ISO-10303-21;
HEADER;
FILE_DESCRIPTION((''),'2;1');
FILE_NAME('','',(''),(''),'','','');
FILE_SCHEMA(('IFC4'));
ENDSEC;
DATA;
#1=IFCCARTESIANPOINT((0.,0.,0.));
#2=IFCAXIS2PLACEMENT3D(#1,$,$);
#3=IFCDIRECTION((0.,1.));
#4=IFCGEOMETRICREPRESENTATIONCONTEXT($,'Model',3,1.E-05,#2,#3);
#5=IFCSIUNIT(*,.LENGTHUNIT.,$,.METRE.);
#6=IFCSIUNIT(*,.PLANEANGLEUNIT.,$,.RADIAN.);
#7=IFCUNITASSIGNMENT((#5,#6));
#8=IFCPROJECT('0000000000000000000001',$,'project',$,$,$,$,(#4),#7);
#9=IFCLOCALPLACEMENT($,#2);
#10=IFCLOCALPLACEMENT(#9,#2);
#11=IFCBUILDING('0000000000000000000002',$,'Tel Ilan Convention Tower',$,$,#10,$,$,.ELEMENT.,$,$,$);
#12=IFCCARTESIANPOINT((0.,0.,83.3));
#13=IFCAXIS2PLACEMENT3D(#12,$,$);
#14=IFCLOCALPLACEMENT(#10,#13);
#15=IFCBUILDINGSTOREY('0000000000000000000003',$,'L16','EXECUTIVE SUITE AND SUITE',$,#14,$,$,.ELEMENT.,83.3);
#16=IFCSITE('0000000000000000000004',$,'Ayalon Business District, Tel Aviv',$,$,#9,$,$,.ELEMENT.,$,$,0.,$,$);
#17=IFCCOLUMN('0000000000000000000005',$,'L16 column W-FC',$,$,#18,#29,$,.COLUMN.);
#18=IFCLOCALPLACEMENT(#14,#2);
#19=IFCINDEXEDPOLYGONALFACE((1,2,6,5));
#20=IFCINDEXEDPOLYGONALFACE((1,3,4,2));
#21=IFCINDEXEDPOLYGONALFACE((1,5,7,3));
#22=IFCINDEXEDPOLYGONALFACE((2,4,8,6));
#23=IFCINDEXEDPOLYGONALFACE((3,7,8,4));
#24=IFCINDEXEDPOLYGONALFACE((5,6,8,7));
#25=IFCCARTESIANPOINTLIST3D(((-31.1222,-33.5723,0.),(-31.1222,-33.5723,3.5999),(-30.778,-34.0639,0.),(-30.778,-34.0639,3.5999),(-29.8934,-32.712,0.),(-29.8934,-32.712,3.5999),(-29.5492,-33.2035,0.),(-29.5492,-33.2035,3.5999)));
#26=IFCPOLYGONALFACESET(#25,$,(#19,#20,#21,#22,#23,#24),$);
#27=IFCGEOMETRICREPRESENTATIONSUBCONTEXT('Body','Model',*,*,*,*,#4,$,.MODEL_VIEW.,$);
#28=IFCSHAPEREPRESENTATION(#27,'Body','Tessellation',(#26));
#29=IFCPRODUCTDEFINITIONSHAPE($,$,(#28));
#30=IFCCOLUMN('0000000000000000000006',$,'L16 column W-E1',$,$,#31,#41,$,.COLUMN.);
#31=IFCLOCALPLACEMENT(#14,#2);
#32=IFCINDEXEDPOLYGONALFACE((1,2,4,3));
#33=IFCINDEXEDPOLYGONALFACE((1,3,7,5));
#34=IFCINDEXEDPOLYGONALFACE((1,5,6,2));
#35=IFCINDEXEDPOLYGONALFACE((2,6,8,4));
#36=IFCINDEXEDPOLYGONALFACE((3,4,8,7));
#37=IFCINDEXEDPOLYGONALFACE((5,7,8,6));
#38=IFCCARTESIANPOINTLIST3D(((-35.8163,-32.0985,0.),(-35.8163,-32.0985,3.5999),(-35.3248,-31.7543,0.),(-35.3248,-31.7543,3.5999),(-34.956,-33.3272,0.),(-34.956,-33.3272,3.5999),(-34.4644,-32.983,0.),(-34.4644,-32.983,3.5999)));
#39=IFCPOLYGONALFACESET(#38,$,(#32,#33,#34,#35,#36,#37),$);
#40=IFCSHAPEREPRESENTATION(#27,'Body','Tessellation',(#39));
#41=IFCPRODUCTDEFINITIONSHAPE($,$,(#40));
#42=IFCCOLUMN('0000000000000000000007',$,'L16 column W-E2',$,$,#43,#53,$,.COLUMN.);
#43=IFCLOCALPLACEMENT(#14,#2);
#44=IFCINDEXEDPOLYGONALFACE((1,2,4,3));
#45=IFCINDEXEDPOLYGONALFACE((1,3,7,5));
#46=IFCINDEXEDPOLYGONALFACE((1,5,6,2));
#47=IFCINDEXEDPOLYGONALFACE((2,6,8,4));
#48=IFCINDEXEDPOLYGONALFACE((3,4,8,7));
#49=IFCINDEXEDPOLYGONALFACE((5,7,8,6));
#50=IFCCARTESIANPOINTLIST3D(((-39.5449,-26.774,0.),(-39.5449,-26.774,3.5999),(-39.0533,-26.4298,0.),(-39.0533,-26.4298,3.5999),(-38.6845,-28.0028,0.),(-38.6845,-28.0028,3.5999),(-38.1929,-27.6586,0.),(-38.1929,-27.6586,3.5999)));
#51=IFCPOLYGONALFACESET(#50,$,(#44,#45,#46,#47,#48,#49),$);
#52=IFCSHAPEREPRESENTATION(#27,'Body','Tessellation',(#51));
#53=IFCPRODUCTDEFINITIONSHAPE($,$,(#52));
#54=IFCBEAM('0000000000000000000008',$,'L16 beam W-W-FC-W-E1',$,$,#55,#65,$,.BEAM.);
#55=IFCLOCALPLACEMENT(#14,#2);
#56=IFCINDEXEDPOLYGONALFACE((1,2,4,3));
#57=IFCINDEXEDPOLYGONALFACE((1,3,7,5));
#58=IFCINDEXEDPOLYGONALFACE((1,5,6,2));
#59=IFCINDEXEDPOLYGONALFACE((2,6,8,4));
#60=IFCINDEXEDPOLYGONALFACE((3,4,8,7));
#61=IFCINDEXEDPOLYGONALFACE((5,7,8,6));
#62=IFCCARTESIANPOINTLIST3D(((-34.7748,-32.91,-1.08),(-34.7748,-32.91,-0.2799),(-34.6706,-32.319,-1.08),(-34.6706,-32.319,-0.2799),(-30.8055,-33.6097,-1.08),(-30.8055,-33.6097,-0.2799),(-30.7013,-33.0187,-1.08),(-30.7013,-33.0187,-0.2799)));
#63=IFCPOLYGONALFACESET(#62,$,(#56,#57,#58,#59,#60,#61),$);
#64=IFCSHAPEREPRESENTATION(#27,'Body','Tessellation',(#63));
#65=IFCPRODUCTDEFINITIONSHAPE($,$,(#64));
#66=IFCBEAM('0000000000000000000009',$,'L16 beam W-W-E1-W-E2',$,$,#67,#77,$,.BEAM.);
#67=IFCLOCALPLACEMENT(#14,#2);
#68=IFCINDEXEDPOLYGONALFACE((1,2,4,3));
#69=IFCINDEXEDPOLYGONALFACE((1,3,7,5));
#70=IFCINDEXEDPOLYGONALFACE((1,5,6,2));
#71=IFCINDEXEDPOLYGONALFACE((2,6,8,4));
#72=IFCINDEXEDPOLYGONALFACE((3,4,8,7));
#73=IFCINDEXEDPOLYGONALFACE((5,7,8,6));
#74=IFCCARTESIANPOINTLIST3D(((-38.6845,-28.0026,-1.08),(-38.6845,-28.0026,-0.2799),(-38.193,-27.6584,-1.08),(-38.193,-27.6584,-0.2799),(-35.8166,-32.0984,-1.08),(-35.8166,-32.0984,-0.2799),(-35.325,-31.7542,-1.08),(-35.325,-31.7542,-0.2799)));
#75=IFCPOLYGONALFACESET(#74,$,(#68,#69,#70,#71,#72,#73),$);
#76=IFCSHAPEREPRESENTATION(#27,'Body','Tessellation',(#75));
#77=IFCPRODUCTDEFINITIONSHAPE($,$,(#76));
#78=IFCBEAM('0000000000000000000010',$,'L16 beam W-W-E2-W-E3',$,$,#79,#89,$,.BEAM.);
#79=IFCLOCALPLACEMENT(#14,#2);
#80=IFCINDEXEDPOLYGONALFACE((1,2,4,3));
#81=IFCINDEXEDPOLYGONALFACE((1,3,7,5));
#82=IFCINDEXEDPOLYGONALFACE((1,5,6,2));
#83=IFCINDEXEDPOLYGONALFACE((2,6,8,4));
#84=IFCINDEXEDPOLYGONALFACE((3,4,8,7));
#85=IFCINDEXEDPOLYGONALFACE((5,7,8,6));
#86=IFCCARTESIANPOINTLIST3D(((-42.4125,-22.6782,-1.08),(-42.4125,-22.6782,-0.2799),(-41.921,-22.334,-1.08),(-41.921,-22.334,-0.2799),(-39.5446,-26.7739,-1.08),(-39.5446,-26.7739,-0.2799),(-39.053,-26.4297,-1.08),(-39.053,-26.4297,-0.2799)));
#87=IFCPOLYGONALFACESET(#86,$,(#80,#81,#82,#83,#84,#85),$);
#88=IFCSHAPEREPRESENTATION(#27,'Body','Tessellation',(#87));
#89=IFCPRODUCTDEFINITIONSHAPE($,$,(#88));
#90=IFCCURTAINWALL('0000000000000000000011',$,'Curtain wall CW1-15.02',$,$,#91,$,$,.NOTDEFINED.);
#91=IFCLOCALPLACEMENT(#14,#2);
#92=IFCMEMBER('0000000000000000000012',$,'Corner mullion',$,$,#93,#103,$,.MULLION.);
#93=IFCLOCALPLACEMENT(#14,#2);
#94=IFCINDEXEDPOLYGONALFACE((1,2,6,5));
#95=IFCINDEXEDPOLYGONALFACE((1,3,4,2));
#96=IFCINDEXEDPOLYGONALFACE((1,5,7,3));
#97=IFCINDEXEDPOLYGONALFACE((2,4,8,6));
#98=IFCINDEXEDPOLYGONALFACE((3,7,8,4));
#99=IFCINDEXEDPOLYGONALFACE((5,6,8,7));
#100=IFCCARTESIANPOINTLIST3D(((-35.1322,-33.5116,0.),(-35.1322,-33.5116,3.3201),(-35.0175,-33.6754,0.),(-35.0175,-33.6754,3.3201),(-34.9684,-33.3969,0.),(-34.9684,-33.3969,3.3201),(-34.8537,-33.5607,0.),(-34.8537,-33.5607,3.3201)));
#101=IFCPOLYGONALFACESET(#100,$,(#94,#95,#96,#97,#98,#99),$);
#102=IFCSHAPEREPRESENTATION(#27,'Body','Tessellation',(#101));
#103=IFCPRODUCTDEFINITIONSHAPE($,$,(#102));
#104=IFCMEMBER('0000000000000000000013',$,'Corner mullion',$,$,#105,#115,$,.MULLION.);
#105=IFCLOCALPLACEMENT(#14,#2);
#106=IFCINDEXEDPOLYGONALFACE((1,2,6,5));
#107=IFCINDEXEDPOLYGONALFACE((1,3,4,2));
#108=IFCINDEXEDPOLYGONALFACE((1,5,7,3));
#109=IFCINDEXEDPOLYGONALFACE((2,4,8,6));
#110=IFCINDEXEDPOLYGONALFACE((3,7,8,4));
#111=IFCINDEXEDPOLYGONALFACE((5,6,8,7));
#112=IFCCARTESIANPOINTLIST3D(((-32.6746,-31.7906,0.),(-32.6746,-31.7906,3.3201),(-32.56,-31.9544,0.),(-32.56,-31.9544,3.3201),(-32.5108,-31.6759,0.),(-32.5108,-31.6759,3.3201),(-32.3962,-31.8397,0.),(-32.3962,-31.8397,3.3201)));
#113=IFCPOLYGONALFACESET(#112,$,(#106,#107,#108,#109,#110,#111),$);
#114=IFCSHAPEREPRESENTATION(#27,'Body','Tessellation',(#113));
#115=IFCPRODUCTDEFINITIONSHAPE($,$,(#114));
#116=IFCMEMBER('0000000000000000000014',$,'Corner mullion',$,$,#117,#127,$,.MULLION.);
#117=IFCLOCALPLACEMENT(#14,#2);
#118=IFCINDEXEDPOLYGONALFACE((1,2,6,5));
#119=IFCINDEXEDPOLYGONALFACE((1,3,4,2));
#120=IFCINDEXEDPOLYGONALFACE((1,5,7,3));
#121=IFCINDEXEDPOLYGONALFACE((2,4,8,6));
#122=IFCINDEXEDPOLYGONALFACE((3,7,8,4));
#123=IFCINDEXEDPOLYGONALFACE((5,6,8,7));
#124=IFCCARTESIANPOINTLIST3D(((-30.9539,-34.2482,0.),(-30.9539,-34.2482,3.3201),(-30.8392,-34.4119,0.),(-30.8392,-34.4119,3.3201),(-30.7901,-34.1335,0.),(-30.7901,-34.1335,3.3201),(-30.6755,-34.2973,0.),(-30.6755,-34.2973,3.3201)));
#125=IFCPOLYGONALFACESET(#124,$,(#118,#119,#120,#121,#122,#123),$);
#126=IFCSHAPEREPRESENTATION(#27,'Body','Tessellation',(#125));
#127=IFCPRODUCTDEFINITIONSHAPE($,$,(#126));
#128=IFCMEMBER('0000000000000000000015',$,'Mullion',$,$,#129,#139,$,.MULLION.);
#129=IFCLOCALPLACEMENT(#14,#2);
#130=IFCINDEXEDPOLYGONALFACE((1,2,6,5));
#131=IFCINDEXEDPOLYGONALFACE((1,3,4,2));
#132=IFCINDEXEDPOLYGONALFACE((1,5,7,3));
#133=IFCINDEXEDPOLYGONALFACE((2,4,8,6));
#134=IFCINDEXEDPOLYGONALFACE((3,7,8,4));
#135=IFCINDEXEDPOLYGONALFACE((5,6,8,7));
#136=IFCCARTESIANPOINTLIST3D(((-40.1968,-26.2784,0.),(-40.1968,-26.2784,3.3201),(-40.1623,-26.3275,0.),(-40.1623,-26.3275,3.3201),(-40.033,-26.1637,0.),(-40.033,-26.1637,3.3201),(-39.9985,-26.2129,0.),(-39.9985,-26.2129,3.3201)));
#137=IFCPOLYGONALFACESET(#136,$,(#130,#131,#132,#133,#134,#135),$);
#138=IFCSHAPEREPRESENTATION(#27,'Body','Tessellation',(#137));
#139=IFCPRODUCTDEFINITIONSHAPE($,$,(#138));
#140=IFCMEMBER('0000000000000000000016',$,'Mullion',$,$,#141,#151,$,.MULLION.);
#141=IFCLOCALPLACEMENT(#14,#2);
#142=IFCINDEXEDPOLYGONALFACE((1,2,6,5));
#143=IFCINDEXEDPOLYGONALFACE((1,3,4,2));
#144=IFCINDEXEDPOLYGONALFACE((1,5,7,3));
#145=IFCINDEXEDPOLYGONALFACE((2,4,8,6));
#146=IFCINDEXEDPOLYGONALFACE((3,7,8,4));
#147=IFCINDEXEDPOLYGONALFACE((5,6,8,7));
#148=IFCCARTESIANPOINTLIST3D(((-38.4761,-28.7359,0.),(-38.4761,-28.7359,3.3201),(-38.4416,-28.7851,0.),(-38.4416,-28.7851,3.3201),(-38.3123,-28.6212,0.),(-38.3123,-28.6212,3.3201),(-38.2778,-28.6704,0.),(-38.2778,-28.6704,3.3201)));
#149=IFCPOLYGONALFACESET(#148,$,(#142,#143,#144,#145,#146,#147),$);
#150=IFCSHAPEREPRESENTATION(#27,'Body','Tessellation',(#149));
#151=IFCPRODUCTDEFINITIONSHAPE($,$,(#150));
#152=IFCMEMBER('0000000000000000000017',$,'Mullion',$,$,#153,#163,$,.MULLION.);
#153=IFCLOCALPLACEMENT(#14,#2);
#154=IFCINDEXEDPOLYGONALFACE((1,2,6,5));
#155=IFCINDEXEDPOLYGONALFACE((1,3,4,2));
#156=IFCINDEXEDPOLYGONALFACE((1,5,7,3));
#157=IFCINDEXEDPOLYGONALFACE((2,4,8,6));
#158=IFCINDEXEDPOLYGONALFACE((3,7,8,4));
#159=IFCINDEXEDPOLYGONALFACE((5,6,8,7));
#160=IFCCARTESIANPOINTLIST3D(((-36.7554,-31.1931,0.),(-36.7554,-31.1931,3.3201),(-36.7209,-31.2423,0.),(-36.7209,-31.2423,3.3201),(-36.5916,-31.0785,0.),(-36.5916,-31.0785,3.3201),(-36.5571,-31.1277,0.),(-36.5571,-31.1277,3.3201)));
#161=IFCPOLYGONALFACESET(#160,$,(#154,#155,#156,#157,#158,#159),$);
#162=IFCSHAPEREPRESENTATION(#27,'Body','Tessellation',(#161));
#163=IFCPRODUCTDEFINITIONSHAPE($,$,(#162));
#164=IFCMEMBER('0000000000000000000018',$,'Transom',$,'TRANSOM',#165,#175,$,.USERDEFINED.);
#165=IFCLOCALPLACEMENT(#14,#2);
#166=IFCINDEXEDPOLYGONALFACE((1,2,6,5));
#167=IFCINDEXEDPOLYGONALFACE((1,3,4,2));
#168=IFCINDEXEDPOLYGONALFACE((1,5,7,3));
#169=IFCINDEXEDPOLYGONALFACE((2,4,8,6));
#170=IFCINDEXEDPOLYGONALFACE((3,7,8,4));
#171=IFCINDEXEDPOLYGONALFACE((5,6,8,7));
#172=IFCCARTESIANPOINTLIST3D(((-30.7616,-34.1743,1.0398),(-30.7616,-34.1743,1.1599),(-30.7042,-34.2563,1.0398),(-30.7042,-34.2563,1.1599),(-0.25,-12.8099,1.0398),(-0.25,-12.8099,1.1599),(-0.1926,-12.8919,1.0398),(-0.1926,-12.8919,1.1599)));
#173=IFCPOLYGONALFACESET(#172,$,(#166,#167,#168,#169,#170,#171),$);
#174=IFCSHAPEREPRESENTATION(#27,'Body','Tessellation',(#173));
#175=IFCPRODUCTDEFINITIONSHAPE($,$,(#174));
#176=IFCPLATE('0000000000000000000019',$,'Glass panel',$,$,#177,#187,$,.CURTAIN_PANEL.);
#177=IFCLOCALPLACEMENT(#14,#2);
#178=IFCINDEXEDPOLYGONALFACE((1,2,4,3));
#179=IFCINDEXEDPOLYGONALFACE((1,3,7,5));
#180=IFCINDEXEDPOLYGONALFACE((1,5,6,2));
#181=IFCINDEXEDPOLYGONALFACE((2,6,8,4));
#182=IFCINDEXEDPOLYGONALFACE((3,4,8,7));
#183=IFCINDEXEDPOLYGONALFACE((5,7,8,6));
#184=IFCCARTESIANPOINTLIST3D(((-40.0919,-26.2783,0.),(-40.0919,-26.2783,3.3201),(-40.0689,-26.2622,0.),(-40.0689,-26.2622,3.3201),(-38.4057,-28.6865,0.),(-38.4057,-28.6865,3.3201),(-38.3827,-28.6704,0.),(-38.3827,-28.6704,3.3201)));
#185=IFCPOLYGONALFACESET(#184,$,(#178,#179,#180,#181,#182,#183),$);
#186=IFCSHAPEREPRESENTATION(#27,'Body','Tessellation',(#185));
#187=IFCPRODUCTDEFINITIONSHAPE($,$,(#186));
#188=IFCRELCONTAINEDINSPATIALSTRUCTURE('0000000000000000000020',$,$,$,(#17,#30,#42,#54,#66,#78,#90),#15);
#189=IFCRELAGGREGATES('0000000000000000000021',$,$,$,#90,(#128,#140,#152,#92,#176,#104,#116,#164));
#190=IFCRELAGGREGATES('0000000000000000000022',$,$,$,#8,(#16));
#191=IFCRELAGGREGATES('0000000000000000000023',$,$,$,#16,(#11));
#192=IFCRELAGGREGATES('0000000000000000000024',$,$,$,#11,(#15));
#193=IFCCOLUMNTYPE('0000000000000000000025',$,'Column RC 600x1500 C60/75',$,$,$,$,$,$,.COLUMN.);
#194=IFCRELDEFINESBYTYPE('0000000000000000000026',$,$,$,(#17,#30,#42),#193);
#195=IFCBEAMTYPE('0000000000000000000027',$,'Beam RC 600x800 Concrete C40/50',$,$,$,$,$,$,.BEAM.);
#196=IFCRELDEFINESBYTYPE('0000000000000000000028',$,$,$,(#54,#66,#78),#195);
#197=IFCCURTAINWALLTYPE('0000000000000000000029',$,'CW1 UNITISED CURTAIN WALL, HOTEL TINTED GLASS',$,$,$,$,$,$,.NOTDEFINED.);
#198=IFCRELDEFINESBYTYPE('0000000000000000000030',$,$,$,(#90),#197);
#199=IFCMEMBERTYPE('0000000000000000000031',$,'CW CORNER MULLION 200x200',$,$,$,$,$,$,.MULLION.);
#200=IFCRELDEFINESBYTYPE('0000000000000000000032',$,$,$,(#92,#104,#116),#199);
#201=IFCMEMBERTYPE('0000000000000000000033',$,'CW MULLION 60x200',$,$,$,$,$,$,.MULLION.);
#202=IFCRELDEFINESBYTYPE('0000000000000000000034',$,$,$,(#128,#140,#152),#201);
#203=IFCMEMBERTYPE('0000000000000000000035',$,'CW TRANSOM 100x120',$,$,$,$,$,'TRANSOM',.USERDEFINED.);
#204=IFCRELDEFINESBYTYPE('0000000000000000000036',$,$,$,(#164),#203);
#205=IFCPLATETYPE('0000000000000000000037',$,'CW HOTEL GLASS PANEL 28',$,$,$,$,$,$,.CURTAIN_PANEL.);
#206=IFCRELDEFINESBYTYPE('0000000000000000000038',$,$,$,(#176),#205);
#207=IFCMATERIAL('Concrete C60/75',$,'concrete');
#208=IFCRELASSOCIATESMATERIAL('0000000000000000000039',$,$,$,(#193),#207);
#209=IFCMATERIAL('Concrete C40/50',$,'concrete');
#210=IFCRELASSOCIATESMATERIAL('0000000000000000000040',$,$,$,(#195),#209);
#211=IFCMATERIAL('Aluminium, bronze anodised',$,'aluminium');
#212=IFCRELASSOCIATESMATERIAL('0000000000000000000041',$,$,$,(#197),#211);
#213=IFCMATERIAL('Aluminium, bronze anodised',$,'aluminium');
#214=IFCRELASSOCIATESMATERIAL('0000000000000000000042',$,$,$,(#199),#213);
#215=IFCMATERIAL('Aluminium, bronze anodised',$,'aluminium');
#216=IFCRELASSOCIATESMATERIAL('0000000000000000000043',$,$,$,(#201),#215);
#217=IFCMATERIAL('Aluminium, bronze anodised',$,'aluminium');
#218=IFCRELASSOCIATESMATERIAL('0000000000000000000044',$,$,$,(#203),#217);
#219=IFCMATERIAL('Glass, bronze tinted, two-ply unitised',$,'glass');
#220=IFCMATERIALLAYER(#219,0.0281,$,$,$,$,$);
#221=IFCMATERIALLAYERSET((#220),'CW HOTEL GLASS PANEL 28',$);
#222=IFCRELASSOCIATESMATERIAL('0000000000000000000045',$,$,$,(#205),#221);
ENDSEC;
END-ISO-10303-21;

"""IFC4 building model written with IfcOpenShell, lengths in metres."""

from ifc_helpers import new_model, si_unit, direction, frame, origin, origin_2d, place, context, subcontext, project, spatial, rectangle, extrude, material, layer, layer_set, material_profile, profile_set, type_object, element, aggregate, save


model = new_model("IFC4")

# Units and contexts
model_context = context("Model", 3, precision=1e-05, world=origin(), true_north=direction((0.0, 1.0)))
body_context = subcontext(model_context, "Body", "Model", "MODEL_VIEW")
ifc_project = project(units=[si_unit("LENGTHUNIT", "METRE"), si_unit("PLANEANGLEUNIT", "RADIAN")], contexts=[model_context])

# Site, building, storey
site_placement = place(None, origin())
site = spatial("IfcSite", under=ifc_project, at=site_placement, Name="Ayalon Business District, Tel Aviv", CompositionType="ELEMENT", RefElevation=0.0)
building_placement = place(site_placement, origin())
building = spatial("IfcBuilding", under=site, at=building_placement, Name="Tel Ilan Convention Tower", CompositionType="ELEMENT")
storey_placement = place(building_placement, frame((0.0, 0.0, 83.3)))
storey = spatial("IfcBuildingStorey", under=building, at=storey_placement, Name="L16", Description="EXECUTIVE SUITE AND SUITE", CompositionType="ELEMENT", Elevation=83.3)

# Columns
ifc_material_1 = material(Name="Concrete C60/75", Category="concrete")
ifc_material_profile_1 = material_profile(ifc_material_1, rectangle(XDim=1.5, YDim=0.6001, at=origin_2d()), Name="RC 600x1500")
ifc_profile_set_1 = profile_set([ifc_material_profile_1], Name="Concrete C60/75")
column_type = type_object("IfcColumnType", Name="Column RC 600x1500 C60/75", PredefinedType="COLUMN", material=ifc_profile_set_1)
for number, where, z_axis, x_axis, name in (
    (1, (-30.3357, -33.3879, 0.0), (0.0, 0.0, 1.0), (-0.819152, -0.573576, 0.0), "L16 column W-FC"),
    (2, (-35.1404, -32.5408, 0.0), (0.0, 0.0, 1.0), (-0.573576, 0.819152, 0.0), "L16 column W-E1"),
    (3, (-38.8689, -27.2163, 0.0), (0.0, 0.0, 1.0), (-0.573576, 0.819152, 0.0), "L16 column W-E2"),
):
    element("IfcColumn", number, at=place(storey_placement, frame(where, z_axis=z_axis, x_axis=x_axis)), inside=storey, type_object=column_type, Name=name, PredefinedType="COLUMN", context=body_context, shape_type="SweptSolid", body=[
        extrude(rectangle(XDim=1.5, YDim=0.6001, at=origin_2d()), origin(), (0.0, 0.0, 1.0), 3.5999),
    ])

# Beams
ifc_material_2 = material(Name="Concrete C40/50", Category="concrete")
ifc_material_profile_2 = material_profile(ifc_material_2, rectangle(XDim=0.6001, YDim=0.8, at=origin_2d()), Name="RC 600x800")
ifc_profile_set_2 = profile_set([ifc_material_profile_2], Name="Concrete C40/50")
beam_type = type_object("IfcBeamType", Name="Beam RC 600x800 Concrete C40/50", PredefinedType="BEAM", material=ifc_profile_set_2)
beam_placement = place(storey_placement, frame((-30.7534, -33.3142, -0.6799), z_axis=(-0.984815, 0.173606, 0.0), x_axis=(-0.173606, -0.984815, 0.0)))
element("IfcBeam", 4, at=beam_placement, inside=storey, type_object=beam_type, Name="L16 beam W-W-FC-W-E1", PredefinedType="BEAM", context=body_context, shape_type="SweptSolid", body=[
    extrude(rectangle(XDim=0.6001, YDim=0.8, at=origin_2d()), origin(), (0.0, 0.0, 1.0), 4.0305),
])
for number, where, z_axis, x_axis, name in (
    (5, (-35.5708, -31.9263, -0.6799), (-0.573587, 0.819145, 0.0), (-0.819145, -0.573587, 0.0), "L16 beam W-W-E1-W-E2"),
    (6, (-39.2988, -26.6018, -0.6799), (-0.573587, 0.819145, 0.0), (-0.819145, -0.573587, 0.0), "L16 beam W-W-E2-W-E3"),
):
    element("IfcBeam", number, at=place(storey_placement, frame(where, z_axis=z_axis, x_axis=x_axis)), inside=storey, type_object=beam_type, Name=name, PredefinedType="BEAM", context=body_context, shape_type="SweptSolid", body=[
        extrude(rectangle(XDim=0.6001, YDim=0.8, at=origin_2d()), origin(), (0.0, 0.0, 1.0), 5.0),
    ])

# Curtain wall, members, plate
ifc_material_3 = material(Name="Aluminium, bronze anodised", Category="aluminium")
curtain_wall_type = type_object("IfcCurtainWallType", Name="CW1 UNITISED CURTAIN WALL, HOTEL TINTED GLASS", PredefinedType="NOTDEFINED", material=ifc_material_3)
curtain_wall_placement = place(storey_placement, origin())
curtain_wall = element("IfcCurtainWall", 7, at=curtain_wall_placement, inside=storey, type_object=curtain_wall_type, Name="Curtain wall CW1-15.02", PredefinedType="NOTDEFINED")
ifc_material_4 = material(Name="Aluminium, bronze anodised", Category="aluminium")
ifc_material_profile_3 = material_profile(ifc_material_4, rectangle(XDim=0.2, YDim=0.2, at=origin_2d()), Name="CW CORNER MULLION 200x200")
ifc_profile_set_3 = profile_set([ifc_material_profile_3], Name="Aluminium, bronze anodised")
member_type_1 = type_object("IfcMemberType", Name="CW CORNER MULLION 200x200", PredefinedType="MULLION", material=ifc_profile_set_3)
member_1_placement = place(storey_placement, frame((-34.9929, -33.5361, 0.0), z_axis=(0.0, 0.0, 1.0), x_axis=(0.573576, -0.819152, 0.0)))
member_1 = element("IfcMember", 8, at=member_1_placement, type_object=member_type_1, Name="Corner mullion", PredefinedType="MULLION", context=body_context, shape_type="SweptSolid", body=[
    extrude(rectangle(XDim=0.2, YDim=0.2, at=origin_2d()), origin(), (0.0, 0.0, 1.0), 3.3201),
])
member_2_placement = place(storey_placement, frame((-32.5354, -31.8152, 0.0), z_axis=(0.0, 0.0, 1.0), x_axis=(0.819152, 0.573576, 0.0)))
member_2 = element("IfcMember", 9, at=member_2_placement, type_object=member_type_1, Name="Corner mullion", PredefinedType="MULLION", context=body_context, shape_type="SweptSolid", body=[
    extrude(rectangle(XDim=0.2, YDim=0.2, at=origin_2d()), origin(), (0.0, 0.0, 1.0), 3.3201),
])
member_3_placement = place(storey_placement, frame((-30.8147, -34.2727, 0.0), z_axis=(0.0, 0.0, 1.0), x_axis=(0.573576, -0.819152, 0.0)))
member_3 = element("IfcMember", 10, at=member_3_placement, type_object=member_type_1, Name="Corner mullion", PredefinedType="MULLION", context=body_context, shape_type="SweptSolid", body=[
    extrude(rectangle(XDim=0.2, YDim=0.2, at=origin_2d()), origin(), (0.0, 0.0, 1.0), 3.3201),
])
ifc_material_5 = material(Name="Aluminium, bronze anodised", Category="aluminium")
ifc_material_profile_4 = material_profile(ifc_material_5, rectangle(XDim=0.0601, YDim=0.2, at=origin_2d()), Name="CW MULLION 60x200")
ifc_profile_set_4 = profile_set([ifc_material_profile_4], Name="Aluminium, bronze anodised")
member_type_2 = type_object("IfcMemberType", Name="CW MULLION 60x200", PredefinedType="MULLION", material=ifc_profile_set_4)
member_4_placement = place(storey_placement, frame((-40.0977, -26.2456, 0.0), z_axis=(0.0, 0.0, 1.0), x_axis=(0.573576, -0.819152, 0.0)))
member_4 = element("IfcMember", 11, at=member_4_placement, type_object=member_type_2, Name="Mullion", PredefinedType="MULLION", context=body_context, shape_type="SweptSolid", body=[
    extrude(rectangle(XDim=0.0601, YDim=0.2, at=origin_2d()), origin(), (0.0, 0.0, 1.0), 3.3201),
])
member_5_placement = place(storey_placement, frame((-38.377, -28.7031, 0.0), z_axis=(0.0, 0.0, 1.0), x_axis=(0.573576, -0.819152, 0.0)))
member_5 = element("IfcMember", 12, at=member_5_placement, type_object=member_type_2, Name="Mullion", PredefinedType="MULLION", context=body_context, shape_type="SweptSolid", body=[
    extrude(rectangle(XDim=0.0601, YDim=0.2, at=origin_2d()), origin(), (0.0, 0.0, 1.0), 3.3201),
])
member_6_placement = place(storey_placement, frame((-36.6562, -31.1604, 0.0), z_axis=(0.0, 0.0, 1.0), x_axis=(0.573576, -0.819152, 0.0)))
member_6 = element("IfcMember", 13, at=member_6_placement, type_object=member_type_2, Name="Mullion", PredefinedType="MULLION", context=body_context, shape_type="SweptSolid", body=[
    extrude(rectangle(XDim=0.0601, YDim=0.2, at=origin_2d()), origin(), (0.0, 0.0, 1.0), 3.3201),
])
ifc_material_6 = material(Name="Aluminium, bronze anodised", Category="aluminium")
ifc_material_profile_5 = material_profile(ifc_material_6, rectangle(XDim=0.1001, YDim=0.1201, at=origin_2d()), Name="CW TRANSOM 100x120")
ifc_profile_set_5 = profile_set([ifc_material_profile_5], Name="Aluminium, bronze anodised")
member_type_3 = type_object("IfcMemberType", Name="CW TRANSOM 100x120", ElementType="TRANSOM", PredefinedType="USERDEFINED", material=ifc_profile_set_5)
member_7_placement = place(storey_placement, frame((-30.7329, -34.2153, 1.0999), z_axis=(0.819152, 0.573576, 0.0), x_axis=(-0.573576, 0.819152, 0.0)))
member_7 = element("IfcMember", 14, at=member_7_placement, type_object=member_type_3, Name="Transom", ObjectType="TRANSOM", PredefinedType="USERDEFINED", context=body_context, shape_type="SweptSolid", body=[
    extrude(rectangle(XDim=0.1001, YDim=0.1201, at=origin_2d()), origin(), (0.0, 0.0, 1.0), 37.2478),
])
ifc_material_7 = material(Name="Glass, bronze tinted, two-ply unitised", Category="glass")
ifc_layer_1 = layer(ifc_material_7, 0.0281)
ifc_layer_set_1 = layer_set([ifc_layer_1], Name="CW HOTEL GLASS PANEL 28")
plate_type = type_object("IfcPlateType", Name="CW HOTEL GLASS PANEL 28", PredefinedType="CURTAIN_PANEL", material=ifc_layer_set_1)
plate_1_placement = place(storey_placement, frame((-39.2373, -27.4744, 0.0), z_axis=(0.0, 0.0, 1.0), x_axis=(0.573576, -0.819152, 0.0)))
plate_1 = element("IfcPlate", 15, at=plate_1_placement, type_object=plate_type, Name="Glass panel", PredefinedType="CURTAIN_PANEL", context=body_context, shape_type="SweptSolid", body=[
    extrude(rectangle(XDim=2.9399, YDim=0.0281, at=origin_2d()), origin(), (0.0, 0.0, 1.0), 3.3201),
])
aggregate(curtain_wall, [member_4, member_5, member_6, member_1, plate_1, member_2, member_3, member_7])

save(model, "model.ifc")
